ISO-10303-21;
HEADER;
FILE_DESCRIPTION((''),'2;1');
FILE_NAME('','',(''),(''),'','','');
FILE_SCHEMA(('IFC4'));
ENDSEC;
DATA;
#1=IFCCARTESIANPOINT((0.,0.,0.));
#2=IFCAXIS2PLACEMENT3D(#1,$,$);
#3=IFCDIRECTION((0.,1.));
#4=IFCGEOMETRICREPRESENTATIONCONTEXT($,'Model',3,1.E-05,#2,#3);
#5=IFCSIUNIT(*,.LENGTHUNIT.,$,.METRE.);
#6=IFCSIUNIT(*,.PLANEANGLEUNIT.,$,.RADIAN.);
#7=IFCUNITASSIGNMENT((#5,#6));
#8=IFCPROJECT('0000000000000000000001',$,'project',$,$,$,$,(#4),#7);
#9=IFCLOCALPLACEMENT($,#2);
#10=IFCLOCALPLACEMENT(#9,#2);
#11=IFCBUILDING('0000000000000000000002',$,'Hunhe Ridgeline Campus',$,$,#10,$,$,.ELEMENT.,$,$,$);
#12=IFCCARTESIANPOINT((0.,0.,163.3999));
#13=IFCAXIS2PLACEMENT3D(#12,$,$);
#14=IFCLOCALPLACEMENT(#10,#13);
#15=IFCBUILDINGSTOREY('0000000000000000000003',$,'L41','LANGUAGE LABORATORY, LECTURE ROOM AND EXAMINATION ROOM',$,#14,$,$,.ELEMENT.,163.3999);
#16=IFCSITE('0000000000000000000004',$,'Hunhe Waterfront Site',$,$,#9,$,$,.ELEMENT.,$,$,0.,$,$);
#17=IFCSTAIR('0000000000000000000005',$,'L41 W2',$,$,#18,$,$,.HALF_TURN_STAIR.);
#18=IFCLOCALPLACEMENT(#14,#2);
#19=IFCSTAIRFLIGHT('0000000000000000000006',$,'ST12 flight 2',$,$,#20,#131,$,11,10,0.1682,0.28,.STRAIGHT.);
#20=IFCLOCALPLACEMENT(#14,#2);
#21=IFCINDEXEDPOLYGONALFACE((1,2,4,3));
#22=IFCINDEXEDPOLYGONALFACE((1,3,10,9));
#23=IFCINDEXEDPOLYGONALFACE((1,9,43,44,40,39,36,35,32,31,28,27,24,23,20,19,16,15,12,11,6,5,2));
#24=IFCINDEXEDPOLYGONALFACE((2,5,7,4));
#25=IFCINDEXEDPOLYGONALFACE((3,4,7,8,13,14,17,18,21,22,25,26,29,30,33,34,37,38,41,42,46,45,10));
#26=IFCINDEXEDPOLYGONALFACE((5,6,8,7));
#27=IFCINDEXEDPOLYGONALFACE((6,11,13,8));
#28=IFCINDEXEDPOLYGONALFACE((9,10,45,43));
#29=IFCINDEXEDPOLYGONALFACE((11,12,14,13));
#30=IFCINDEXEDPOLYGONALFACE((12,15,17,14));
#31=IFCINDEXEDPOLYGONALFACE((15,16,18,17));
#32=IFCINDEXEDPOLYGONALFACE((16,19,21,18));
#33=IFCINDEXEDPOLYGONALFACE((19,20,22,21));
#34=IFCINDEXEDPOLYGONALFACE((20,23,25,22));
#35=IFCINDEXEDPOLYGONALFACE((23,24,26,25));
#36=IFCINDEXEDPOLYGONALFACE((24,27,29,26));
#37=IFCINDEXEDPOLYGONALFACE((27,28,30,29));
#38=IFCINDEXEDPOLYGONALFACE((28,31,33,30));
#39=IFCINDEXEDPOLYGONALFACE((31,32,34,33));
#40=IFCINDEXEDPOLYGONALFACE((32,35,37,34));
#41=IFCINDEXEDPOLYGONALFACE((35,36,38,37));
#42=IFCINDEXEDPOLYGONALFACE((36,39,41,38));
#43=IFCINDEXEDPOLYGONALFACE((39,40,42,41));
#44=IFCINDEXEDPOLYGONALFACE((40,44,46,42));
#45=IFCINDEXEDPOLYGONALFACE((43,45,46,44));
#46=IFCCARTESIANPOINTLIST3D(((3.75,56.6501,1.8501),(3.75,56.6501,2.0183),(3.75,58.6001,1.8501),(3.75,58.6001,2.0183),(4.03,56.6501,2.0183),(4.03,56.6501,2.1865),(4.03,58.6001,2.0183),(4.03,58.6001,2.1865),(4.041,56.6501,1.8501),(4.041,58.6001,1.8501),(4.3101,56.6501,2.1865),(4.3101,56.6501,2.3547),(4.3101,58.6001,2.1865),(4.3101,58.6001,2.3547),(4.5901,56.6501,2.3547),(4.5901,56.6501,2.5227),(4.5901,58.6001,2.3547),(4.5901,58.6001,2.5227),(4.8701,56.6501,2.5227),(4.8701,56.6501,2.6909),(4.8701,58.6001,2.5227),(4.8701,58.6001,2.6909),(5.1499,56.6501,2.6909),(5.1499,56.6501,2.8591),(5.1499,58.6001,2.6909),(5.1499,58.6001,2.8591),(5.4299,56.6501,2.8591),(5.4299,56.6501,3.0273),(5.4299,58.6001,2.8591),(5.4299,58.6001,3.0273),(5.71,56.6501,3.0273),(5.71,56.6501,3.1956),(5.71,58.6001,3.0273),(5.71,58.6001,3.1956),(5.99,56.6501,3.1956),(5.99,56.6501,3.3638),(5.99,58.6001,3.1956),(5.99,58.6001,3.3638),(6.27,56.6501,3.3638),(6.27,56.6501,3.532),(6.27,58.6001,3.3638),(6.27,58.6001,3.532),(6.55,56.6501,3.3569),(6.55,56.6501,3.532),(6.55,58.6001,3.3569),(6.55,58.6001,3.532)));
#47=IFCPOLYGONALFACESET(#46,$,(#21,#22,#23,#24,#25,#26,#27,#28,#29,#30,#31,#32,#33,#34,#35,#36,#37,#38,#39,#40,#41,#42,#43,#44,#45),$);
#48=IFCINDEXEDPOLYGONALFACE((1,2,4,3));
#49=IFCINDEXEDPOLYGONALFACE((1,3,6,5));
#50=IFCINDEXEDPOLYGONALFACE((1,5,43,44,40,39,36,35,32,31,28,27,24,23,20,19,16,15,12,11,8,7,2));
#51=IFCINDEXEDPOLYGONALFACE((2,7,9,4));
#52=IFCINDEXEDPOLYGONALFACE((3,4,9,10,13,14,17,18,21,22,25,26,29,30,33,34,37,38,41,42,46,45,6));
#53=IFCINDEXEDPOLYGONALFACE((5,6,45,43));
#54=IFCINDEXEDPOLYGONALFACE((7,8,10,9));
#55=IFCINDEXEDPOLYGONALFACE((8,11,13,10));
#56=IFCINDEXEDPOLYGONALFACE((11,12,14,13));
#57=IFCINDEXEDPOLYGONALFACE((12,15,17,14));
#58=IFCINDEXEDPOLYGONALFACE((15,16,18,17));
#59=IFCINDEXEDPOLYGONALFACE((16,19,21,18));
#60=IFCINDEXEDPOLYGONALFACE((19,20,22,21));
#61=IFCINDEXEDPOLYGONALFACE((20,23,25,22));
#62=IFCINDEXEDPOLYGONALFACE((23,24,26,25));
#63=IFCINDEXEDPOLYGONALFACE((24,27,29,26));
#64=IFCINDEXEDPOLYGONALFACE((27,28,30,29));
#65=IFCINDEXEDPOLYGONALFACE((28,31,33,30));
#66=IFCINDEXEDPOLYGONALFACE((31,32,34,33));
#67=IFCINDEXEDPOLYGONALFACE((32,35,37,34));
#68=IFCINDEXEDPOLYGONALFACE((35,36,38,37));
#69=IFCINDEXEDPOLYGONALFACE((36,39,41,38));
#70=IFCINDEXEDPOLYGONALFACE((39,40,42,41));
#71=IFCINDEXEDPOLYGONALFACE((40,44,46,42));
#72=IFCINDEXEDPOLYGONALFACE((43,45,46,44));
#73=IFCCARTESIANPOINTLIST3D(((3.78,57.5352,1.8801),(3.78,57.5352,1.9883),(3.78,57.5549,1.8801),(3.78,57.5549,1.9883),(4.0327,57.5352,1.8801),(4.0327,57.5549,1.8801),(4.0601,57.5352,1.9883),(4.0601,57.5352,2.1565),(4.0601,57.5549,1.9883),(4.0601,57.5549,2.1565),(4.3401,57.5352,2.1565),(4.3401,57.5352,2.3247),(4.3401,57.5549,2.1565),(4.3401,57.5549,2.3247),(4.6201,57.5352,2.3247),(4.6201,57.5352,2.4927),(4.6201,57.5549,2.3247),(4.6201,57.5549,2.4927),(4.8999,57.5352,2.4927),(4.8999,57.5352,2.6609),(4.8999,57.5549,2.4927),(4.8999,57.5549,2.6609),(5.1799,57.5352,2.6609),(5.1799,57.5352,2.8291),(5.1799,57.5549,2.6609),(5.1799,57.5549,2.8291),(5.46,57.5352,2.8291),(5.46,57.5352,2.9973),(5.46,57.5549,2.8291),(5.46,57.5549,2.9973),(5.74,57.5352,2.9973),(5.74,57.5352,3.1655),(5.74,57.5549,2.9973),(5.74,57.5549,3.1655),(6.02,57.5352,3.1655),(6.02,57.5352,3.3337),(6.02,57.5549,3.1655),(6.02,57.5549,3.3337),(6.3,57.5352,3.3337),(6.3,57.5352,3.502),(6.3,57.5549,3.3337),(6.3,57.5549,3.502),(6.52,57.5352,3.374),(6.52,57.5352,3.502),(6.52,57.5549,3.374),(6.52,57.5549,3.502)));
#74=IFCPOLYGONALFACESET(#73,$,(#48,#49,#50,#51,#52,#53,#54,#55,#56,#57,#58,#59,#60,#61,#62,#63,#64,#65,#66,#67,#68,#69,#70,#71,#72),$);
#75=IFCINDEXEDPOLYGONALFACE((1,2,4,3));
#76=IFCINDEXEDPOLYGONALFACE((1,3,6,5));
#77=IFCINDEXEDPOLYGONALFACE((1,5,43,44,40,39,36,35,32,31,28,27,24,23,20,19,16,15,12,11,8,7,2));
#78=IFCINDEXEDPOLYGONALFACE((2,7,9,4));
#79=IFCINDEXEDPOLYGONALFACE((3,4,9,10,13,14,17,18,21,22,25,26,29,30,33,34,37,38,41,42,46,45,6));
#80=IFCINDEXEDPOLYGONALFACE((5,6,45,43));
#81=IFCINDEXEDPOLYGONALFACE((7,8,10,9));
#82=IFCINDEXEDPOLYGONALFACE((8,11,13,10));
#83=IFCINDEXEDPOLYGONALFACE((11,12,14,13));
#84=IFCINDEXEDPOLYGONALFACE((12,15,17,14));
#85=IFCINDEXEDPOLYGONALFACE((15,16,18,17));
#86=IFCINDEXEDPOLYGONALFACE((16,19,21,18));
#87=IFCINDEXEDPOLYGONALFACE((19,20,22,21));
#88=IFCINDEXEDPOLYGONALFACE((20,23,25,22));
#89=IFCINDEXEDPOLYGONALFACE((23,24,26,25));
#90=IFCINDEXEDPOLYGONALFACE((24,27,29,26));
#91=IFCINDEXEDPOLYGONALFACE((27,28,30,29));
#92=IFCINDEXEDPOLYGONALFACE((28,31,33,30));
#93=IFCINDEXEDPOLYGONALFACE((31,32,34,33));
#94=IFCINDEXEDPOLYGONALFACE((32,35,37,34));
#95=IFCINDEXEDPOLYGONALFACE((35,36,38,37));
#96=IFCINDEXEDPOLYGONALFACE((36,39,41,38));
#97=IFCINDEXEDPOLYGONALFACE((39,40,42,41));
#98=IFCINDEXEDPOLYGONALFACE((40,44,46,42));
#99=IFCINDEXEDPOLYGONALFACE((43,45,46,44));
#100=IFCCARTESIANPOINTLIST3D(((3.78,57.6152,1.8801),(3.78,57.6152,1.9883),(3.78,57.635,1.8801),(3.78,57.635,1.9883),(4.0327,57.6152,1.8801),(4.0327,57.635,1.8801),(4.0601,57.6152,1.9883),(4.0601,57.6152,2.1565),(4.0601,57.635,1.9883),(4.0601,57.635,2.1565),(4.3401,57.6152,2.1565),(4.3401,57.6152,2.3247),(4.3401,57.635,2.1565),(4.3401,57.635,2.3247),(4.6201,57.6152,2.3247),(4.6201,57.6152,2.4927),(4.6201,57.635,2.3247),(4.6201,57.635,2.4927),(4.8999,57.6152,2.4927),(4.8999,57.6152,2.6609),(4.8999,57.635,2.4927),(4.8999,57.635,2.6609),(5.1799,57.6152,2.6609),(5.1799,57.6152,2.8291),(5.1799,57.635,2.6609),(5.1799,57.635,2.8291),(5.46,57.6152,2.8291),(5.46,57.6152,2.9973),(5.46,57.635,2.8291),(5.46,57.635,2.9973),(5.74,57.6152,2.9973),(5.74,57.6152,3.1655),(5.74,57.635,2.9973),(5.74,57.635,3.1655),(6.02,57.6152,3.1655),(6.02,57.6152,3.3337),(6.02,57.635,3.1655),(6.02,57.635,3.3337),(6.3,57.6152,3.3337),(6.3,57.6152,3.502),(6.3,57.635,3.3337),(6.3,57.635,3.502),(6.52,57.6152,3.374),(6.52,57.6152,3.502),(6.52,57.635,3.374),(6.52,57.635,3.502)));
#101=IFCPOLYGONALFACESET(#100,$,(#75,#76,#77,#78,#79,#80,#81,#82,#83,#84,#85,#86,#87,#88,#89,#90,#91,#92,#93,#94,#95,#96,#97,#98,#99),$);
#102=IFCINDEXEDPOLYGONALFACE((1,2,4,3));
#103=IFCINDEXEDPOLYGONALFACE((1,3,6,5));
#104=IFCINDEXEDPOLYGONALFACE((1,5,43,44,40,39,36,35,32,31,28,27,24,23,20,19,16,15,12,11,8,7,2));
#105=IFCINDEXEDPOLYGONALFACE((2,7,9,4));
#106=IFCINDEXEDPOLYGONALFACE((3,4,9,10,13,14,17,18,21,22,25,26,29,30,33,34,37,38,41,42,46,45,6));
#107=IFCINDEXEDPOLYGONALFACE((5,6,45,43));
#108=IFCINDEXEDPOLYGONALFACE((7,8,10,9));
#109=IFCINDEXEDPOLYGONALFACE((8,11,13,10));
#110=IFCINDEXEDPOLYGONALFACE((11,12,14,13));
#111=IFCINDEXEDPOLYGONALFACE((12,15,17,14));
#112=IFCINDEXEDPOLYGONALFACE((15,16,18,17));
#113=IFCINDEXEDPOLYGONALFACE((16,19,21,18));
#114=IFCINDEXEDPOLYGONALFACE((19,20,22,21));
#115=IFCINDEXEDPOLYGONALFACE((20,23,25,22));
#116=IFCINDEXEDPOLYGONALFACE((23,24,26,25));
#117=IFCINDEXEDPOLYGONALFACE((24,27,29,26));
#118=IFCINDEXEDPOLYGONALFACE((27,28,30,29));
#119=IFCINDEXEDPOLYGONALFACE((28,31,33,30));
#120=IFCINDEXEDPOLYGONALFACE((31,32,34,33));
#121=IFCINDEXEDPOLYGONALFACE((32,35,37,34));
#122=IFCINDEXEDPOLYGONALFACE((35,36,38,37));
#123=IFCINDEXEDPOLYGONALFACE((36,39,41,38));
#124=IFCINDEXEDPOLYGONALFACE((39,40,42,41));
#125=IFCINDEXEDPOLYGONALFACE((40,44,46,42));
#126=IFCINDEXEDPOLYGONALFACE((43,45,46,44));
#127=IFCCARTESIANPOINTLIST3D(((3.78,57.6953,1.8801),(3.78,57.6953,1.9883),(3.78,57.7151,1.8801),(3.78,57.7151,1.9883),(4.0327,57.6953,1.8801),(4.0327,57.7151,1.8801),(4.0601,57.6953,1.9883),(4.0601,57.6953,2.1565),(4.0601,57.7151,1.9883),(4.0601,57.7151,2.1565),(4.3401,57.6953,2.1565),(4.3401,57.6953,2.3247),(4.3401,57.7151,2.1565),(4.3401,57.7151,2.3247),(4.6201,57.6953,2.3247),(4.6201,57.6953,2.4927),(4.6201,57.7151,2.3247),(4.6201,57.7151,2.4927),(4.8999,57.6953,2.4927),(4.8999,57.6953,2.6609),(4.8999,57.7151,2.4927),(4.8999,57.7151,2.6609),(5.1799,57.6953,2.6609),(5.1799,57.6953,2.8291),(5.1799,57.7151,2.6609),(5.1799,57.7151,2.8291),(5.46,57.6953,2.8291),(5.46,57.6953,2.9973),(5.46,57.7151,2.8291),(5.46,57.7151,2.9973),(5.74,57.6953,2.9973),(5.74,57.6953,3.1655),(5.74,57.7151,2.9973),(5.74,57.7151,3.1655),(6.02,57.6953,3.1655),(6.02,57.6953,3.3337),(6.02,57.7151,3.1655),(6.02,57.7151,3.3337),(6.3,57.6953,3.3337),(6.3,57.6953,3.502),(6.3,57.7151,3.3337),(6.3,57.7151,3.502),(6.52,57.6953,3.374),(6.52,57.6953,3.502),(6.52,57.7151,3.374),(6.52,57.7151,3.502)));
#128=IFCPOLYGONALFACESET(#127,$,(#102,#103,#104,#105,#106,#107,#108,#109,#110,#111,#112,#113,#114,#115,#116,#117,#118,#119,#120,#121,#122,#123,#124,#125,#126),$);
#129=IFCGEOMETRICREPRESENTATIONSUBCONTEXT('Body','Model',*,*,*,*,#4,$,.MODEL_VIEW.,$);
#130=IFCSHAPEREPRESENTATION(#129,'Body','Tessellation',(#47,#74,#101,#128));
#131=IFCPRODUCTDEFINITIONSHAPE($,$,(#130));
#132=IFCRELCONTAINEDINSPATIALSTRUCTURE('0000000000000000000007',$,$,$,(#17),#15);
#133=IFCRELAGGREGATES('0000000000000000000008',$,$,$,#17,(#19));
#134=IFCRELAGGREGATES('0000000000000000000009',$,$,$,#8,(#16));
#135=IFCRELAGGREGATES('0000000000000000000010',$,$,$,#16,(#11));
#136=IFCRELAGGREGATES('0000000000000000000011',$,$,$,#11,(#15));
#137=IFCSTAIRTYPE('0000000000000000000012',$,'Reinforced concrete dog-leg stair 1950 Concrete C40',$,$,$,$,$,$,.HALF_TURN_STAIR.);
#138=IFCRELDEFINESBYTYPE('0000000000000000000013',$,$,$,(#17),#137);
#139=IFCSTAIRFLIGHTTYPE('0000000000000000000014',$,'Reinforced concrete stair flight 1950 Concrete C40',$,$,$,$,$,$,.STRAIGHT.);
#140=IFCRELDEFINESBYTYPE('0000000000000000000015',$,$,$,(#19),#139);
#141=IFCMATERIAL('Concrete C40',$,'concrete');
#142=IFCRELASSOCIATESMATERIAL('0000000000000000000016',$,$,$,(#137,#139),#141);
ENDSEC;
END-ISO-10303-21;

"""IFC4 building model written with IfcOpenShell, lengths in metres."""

from ifc_helpers import new_model, si_unit, direction, frame, origin, place, context, subcontext, project, spatial, polyline, outline, extrude, material, type_object, element, aggregate, save


model = new_model("IFC4")

# Units and contexts
model_context = context("Model", 3, precision=1e-05, world=origin(), true_north=direction((0.0, 1.0)))
body_context = subcontext(model_context, "Body", "Model", "MODEL_VIEW")
ifc_project = project(units=[si_unit("LENGTHUNIT", "METRE"), si_unit("PLANEANGLEUNIT", "RADIAN")], contexts=[model_context])

# Site, building, storey
site_placement = place(None, origin())
site = spatial("IfcSite", under=ifc_project, at=site_placement, Name="Hunhe Waterfront Site", CompositionType="ELEMENT", RefElevation=0.0)
building_placement = place(site_placement, origin())
building = spatial("IfcBuilding", under=site, at=building_placement, Name="Hunhe Ridgeline Campus", CompositionType="ELEMENT")
storey_placement = place(building_placement, frame((0.0, 0.0, 163.3999)))
storey = spatial("IfcBuildingStorey", under=building, at=storey_placement, Name="L41", Description="LANGUAGE LABORATORY, LECTURE ROOM AND EXAMINATION ROOM", CompositionType="ELEMENT", Elevation=163.3999)

# Stair, stair flight
ifc_material_1 = material(Name="Concrete C40", Category="concrete")
stair_type = type_object("IfcStairType", Name="Reinforced concrete dog-leg stair 1950 Concrete C40", PredefinedType="HALF_TURN_STAIR", material=ifc_material_1)
stair_flight_type = type_object("IfcStairFlightType", Name="Reinforced concrete stair flight 1950 Concrete C40", PredefinedType="STRAIGHT", material=ifc_material_1)
stair_1_placement = place(storey_placement, origin())
stair_1 = element("IfcStair", 1, at=stair_1_placement, inside=storey, type_object=stair_type, Name="L41 W2", PredefinedType="HALF_TURN_STAIR")
stair_flight_1_placement = place(storey_placement, frame((3.75, 57.625, 1.8501), z_axis=(0.0, 0.0, 1.0), x_axis=(1.0, 0.0, 0.0)))
stair_flight_1 = element("IfcStairFlight", 2, at=stair_flight_1_placement, type_object=stair_flight_type, Name="ST12 flight 2", NumberOfRisers=11, NumberOfTreads=10, PredefinedType="STRAIGHT", RiserHeight=0.1682, TreadLength=0.28, context=body_context, shape_type="SweptSolid", body=[
    extrude(outline(polyline([(0.0, 0.0), (0.0, 0.1682), (0.28, 0.1682), (0.28, 0.3364), (0.5601, 0.3364), (0.5601, 0.5046), (0.8401, 0.5046), (0.8401, 0.6726), (1.1201, 0.6726), (1.1201, 0.8408), (1.3999, 0.8408), (1.3999, 1.009), (1.6799, 1.009), (1.6799, 1.1772), (1.96, 1.1772), (1.96, 1.3455), (2.24, 1.3455), (2.24, 1.5137), (2.52, 1.5137), (2.52, 1.6819), (2.8, 1.6819), (2.8, 1.8501), (2.8, 1.5068), (0.291, 0.0), (0.0, 0.0)])), frame((0.0, 0.9751, 0.0), z_axis=(0.0, -1.0, 0.0), x_axis=(1.0, 0.0, 0.0)), (0.0, 0.0, 1.0), 1.95),
    extrude(outline(polyline([(0.03, 0.03), (0.03, 0.1382), (0.3101, 0.1382), (0.3101, 0.3064), (0.5901, 0.3064), (0.5901, 0.4746), (0.8701, 0.4746), (0.8701, 0.6426), (1.1499, 0.6426), (1.1499, 0.8108), (1.4299, 0.8108), (1.4299, 0.979), (1.71, 0.979), (1.71, 1.1472), (1.99, 1.1472), (1.99, 1.3154), (2.27, 1.3154), (2.27, 1.4836), (2.55, 1.4836), (2.55, 1.6519), (2.77, 1.6519), (2.77, 1.5239), (0.2827, 0.03), (0.03, 0.03)])), frame((0.0, -0.0701, 0.0), z_axis=(0.0, -1.0, 0.0), x_axis=(1.0, 0.0, 0.0)), (0.0, 0.0, 1.0), 0.0198),
    extrude(outline(polyline([(0.03, 0.03), (0.03, 0.1382), (0.3101, 0.1382), (0.3101, 0.3064), (0.5901, 0.3064), (0.5901, 0.4746), (0.8701, 0.4746), (0.8701, 0.6426), (1.1499, 0.6426), (1.1499, 0.8108), (1.4299, 0.8108), (1.4299, 0.979), (1.71, 0.979), (1.71, 1.1472), (1.99, 1.1472), (1.99, 1.3154), (2.27, 1.3154), (2.27, 1.4836), (2.55, 1.4836), (2.55, 1.6519), (2.77, 1.6519), (2.77, 1.5239), (0.2827, 0.03), (0.03, 0.03)])), frame((0.0, 0.01, 0.0), z_axis=(0.0, -1.0, 0.0), x_axis=(1.0, 0.0, 0.0)), (0.0, 0.0, 1.0), 0.0198),
    extrude(outline(polyline([(0.03, 0.03), (0.03, 0.1382), (0.3101, 0.1382), (0.3101, 0.3064), (0.5901, 0.3064), (0.5901, 0.4746), (0.8701, 0.4746), (0.8701, 0.6426), (1.1499, 0.6426), (1.1499, 0.8108), (1.4299, 0.8108), (1.4299, 0.979), (1.71, 0.979), (1.71, 1.1472), (1.99, 1.1472), (1.99, 1.3154), (2.27, 1.3154), (2.27, 1.4836), (2.55, 1.4836), (2.55, 1.6519), (2.77, 1.6519), (2.77, 1.5239), (0.2827, 0.03), (0.03, 0.03)])), frame((0.0, 0.0901, 0.0), z_axis=(0.0, -1.0, 0.0), x_axis=(1.0, 0.0, 0.0)), (0.0, 0.0, 1.0), 0.0198),
])
aggregate(stair_1, [stair_flight_1])

save(model, "model.ifc")
